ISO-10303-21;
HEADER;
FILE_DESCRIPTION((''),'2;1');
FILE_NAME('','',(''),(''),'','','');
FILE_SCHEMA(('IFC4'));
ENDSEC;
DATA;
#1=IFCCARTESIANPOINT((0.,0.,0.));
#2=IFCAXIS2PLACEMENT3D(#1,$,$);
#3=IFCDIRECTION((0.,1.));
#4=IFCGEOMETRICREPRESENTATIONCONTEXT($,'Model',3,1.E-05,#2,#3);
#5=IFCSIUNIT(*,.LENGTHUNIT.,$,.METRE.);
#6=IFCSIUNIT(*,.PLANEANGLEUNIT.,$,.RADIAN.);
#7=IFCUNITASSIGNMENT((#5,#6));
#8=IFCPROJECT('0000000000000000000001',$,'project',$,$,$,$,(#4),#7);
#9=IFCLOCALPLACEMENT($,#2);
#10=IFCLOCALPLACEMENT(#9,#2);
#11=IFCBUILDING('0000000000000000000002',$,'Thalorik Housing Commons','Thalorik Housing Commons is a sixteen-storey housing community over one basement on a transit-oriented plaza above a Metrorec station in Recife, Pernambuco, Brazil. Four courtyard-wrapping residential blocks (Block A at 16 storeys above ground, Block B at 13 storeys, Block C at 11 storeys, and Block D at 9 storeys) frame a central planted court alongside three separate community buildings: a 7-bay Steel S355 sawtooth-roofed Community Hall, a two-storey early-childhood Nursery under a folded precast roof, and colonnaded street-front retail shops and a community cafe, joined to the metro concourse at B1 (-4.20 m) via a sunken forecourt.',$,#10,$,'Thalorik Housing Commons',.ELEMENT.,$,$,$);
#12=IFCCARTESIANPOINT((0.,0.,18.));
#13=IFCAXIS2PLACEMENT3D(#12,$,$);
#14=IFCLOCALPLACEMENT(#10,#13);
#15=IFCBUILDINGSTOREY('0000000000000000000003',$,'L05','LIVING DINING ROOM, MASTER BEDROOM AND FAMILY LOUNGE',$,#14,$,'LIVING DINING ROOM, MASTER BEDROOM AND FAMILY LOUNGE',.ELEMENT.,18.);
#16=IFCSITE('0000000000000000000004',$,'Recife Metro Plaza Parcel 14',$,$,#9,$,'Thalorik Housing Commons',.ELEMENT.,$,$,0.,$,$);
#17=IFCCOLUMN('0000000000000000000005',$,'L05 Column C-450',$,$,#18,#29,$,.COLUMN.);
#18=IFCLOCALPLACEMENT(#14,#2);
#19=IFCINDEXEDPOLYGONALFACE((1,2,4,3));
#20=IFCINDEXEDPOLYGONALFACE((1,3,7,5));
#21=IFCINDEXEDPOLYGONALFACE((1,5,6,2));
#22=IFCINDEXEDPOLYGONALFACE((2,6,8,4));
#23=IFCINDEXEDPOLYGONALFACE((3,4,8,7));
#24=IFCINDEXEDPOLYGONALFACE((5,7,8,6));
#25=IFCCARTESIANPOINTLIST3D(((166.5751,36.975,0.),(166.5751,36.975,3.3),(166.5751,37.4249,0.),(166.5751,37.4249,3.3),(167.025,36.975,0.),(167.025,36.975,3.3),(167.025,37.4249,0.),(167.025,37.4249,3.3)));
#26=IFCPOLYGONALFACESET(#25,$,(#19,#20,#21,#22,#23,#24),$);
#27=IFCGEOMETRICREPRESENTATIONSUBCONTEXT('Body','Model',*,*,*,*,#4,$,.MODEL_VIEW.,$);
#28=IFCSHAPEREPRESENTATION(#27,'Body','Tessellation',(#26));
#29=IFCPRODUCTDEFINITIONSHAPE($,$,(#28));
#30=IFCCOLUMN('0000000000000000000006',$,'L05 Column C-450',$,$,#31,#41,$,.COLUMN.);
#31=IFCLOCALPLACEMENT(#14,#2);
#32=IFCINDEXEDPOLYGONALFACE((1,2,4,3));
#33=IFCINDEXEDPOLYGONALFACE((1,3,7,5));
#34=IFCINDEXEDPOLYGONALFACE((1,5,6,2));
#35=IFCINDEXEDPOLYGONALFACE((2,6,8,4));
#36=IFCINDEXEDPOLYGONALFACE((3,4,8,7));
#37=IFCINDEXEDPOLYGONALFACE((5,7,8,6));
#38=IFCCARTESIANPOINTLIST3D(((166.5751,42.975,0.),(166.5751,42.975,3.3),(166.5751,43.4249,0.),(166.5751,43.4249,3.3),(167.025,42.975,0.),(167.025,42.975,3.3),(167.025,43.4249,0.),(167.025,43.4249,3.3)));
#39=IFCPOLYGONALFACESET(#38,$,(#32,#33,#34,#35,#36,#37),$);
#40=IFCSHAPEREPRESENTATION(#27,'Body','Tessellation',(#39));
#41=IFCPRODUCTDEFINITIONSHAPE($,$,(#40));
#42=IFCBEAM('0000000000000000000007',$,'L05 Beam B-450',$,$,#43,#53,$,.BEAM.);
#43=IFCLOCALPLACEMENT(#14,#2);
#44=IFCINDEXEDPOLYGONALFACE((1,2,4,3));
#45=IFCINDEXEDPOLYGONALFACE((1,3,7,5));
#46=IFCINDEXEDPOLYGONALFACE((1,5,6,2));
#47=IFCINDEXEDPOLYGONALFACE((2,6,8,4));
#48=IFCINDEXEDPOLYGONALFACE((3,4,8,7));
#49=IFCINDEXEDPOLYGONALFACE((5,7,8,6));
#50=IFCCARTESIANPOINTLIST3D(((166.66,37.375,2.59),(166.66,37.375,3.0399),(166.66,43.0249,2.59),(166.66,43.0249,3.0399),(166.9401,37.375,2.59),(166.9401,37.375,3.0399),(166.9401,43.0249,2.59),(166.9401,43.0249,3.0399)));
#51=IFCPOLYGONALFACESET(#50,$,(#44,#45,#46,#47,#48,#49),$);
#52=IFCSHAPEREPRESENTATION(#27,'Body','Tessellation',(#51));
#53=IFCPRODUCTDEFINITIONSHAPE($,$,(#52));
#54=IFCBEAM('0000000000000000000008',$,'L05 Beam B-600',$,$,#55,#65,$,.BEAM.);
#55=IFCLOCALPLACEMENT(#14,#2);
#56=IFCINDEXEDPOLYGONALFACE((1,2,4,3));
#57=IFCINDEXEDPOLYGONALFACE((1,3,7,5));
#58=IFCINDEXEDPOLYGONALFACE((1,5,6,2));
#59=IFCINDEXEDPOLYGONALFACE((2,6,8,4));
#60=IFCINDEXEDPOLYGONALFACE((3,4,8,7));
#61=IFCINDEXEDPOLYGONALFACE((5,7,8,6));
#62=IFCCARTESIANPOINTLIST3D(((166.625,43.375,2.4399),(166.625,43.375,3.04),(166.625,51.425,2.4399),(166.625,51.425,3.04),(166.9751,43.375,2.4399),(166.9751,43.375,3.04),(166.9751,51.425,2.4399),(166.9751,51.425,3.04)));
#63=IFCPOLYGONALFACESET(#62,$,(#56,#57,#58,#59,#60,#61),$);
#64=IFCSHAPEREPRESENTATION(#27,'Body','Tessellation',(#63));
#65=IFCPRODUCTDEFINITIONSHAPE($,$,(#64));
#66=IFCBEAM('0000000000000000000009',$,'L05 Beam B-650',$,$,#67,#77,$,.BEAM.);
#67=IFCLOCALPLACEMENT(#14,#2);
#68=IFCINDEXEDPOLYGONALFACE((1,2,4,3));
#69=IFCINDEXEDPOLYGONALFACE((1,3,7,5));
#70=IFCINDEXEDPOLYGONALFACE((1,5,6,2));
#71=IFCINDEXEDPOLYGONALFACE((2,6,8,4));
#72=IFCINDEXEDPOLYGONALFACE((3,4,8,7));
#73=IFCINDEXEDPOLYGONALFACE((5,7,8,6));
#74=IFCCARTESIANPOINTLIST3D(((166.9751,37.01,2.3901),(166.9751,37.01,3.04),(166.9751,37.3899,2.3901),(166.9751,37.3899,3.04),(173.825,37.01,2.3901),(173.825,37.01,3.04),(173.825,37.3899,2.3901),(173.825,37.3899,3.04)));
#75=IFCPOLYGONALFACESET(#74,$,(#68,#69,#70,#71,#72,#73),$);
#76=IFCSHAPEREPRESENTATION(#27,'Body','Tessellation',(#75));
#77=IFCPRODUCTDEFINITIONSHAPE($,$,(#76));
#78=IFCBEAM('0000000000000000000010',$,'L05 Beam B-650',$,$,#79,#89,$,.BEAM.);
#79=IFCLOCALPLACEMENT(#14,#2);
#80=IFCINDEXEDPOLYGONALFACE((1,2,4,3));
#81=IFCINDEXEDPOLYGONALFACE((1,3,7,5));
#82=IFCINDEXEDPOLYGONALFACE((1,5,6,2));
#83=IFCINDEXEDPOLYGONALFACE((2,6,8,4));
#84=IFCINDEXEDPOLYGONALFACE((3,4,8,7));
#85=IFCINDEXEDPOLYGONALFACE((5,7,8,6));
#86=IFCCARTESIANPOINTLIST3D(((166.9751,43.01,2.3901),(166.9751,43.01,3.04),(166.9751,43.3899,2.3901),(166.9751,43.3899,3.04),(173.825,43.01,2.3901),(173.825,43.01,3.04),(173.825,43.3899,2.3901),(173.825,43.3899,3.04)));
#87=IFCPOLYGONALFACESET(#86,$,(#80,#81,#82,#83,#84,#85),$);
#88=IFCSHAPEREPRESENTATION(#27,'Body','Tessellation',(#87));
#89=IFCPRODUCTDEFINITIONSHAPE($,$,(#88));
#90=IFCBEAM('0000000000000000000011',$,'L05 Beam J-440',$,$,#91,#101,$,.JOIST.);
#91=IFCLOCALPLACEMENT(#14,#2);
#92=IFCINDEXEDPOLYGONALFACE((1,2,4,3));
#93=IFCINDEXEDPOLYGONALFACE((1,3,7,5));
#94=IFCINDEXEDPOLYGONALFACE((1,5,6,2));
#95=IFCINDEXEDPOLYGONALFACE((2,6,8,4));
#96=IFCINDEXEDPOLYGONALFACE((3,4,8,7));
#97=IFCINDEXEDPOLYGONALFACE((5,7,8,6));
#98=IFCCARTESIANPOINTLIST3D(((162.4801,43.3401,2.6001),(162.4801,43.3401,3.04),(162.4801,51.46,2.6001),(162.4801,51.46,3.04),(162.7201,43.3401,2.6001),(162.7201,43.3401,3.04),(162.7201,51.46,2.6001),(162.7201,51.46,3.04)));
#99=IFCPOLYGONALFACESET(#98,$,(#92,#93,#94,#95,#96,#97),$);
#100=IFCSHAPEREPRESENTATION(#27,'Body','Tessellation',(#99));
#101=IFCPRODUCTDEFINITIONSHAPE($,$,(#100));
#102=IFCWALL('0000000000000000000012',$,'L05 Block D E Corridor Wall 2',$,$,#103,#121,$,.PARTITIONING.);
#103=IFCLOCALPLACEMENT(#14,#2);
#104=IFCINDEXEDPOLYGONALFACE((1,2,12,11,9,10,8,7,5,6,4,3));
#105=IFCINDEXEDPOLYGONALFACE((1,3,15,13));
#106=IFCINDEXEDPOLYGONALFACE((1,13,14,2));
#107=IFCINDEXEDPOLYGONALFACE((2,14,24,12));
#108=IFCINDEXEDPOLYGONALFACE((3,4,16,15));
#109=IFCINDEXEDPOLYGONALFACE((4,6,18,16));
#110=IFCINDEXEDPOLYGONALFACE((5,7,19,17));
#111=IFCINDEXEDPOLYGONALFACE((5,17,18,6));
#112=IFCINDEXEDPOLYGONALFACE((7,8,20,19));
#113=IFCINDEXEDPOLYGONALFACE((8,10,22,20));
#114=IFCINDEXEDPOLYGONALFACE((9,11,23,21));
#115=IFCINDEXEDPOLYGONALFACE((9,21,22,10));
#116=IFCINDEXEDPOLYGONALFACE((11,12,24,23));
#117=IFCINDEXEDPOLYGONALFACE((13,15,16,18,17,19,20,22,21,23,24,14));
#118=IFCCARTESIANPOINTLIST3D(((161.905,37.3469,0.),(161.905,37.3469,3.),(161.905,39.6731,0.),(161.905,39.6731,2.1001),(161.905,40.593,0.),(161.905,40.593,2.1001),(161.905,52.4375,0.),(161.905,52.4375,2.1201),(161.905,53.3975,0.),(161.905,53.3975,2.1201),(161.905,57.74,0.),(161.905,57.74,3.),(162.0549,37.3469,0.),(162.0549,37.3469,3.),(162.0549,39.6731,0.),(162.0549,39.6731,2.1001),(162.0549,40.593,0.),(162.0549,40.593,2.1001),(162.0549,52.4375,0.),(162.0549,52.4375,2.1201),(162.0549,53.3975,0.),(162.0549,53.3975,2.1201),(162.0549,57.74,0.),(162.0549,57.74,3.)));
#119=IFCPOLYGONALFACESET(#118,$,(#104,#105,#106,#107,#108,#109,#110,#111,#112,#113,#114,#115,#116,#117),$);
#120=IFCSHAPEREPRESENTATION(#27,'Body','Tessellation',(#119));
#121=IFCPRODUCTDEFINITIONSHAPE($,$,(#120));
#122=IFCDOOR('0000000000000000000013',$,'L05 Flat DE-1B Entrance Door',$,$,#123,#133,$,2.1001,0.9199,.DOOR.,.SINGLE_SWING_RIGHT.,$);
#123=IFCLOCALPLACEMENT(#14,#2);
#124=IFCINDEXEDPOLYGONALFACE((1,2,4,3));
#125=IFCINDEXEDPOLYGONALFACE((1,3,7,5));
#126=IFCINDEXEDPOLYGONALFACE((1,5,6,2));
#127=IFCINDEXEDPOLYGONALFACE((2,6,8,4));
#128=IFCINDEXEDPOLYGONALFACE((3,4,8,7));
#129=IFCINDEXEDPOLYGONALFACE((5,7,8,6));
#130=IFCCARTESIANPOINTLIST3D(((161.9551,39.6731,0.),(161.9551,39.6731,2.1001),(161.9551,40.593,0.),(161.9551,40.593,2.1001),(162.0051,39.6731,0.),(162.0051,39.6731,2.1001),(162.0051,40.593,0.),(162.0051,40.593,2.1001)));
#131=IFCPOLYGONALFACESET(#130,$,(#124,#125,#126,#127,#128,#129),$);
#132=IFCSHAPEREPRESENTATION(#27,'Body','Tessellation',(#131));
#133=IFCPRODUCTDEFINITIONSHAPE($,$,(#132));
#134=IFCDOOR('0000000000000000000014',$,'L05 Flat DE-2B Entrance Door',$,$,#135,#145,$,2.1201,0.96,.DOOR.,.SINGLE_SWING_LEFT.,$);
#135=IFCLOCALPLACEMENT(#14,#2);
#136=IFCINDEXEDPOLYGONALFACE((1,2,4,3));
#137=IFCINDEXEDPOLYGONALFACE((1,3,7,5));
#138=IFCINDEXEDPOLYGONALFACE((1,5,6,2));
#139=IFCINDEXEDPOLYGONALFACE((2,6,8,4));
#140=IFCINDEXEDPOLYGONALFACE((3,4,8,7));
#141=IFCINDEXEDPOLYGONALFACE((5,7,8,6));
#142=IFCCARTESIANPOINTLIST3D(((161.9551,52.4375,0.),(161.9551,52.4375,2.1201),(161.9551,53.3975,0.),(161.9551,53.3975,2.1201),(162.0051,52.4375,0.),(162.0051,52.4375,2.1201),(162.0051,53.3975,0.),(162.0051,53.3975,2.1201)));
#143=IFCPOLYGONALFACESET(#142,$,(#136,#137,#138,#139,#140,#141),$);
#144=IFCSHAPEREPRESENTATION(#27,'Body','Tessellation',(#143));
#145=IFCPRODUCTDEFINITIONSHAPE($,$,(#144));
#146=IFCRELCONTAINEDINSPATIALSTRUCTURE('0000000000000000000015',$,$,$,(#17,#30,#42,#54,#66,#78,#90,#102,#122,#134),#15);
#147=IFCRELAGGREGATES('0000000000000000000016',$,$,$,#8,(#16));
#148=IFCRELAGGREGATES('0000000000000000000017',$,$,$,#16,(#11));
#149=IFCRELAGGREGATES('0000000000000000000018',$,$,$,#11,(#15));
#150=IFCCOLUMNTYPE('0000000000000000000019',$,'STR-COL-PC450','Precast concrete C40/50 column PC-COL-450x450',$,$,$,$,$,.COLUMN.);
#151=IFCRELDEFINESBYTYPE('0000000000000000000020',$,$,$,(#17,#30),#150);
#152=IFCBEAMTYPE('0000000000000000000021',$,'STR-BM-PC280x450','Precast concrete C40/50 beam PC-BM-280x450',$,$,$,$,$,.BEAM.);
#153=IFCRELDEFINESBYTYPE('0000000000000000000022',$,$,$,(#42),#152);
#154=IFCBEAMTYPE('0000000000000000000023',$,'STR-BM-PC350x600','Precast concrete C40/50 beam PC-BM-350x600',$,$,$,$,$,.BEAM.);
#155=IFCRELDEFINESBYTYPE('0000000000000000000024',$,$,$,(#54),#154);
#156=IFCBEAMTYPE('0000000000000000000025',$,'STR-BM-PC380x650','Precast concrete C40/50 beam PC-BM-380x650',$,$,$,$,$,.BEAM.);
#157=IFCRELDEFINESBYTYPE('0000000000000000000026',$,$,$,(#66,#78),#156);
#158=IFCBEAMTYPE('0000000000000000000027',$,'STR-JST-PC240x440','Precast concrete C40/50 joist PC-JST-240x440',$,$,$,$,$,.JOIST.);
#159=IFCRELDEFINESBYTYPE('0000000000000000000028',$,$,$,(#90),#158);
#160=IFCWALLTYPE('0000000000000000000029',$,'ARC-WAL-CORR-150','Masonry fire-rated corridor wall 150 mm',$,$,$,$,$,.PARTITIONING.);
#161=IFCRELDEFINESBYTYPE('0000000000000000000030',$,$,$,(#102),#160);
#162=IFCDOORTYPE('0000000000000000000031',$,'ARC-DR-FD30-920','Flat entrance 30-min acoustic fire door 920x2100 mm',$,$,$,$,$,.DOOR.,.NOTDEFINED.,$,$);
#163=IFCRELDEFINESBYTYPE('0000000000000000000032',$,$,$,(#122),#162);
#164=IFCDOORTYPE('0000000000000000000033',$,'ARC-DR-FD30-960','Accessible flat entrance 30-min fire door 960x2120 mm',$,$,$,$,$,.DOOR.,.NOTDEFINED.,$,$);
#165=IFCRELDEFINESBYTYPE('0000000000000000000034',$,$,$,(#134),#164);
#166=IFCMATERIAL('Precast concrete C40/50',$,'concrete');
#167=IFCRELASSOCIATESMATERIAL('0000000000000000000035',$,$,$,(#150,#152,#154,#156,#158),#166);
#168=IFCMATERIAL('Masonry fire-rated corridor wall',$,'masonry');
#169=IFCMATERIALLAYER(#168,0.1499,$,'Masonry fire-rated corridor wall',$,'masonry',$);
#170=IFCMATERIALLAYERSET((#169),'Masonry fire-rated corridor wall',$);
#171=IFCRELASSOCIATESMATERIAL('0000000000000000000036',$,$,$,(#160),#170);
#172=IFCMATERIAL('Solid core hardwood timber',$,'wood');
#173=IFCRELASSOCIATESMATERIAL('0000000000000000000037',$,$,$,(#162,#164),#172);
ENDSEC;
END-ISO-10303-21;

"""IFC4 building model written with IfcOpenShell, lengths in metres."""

from ifc_helpers import new_model, si_unit, direction, frame, frame_2d, origin, origin_2d, place, context, subcontext, project, spatial, rectangle, extrude, material, layer, layer_set, material_profile, profile_set, type_object, element, fill, save


model = new_model("IFC4")

# Units and contexts
model_context = context("Model", 3, precision=1e-05, world=origin(), true_north=direction((0.0, 1.0)))
body_context = subcontext(model_context, "Body", "Model", "MODEL_VIEW")
ifc_project = project(units=[si_unit("LENGTHUNIT", "METRE"), si_unit("PLANEANGLEUNIT", "RADIAN")], contexts=[model_context])

# Site, building, storey
site_placement = place(None, origin())
site = spatial("IfcSite", under=ifc_project, at=site_placement, Name="Recife Metro Plaza Parcel 14", LongName="Thalorik Housing Commons", CompositionType="ELEMENT", RefElevation=0.0)
building_placement = place(site_placement, origin())
building = spatial("IfcBuilding", under=site, at=building_placement, Name="Thalorik Housing Commons", Description="Thalorik Housing Commons is a sixteen-storey housing community over one basement on a transit-oriented plaza above a Metrorec station in Recife, Pernambuco, Brazil. Four courtyard-wrapping residential blocks (Block A at 16 storeys above ground, Block B at 13 storeys, Block C at 11 storeys, and Block D at 9 storeys) frame a central planted court alongside three separate community buildings: a 7-bay Steel S355 sawtooth-roofed Community Hall, a two-storey early-childhood Nursery under a folded precast roof, and colonnaded street-front retail shops and a community cafe, joined to the metro concourse at B1 (-4.20 m) via a sunken forecourt.", LongName="Thalorik Housing Commons", CompositionType="ELEMENT")
storey_placement = place(building_placement, frame((0.0, 0.0, 18.0)))
storey = spatial("IfcBuildingStorey", under=building, at=storey_placement, Name="L05", Description="LIVING DINING ROOM, MASTER BEDROOM AND FAMILY LOUNGE", LongName="LIVING DINING ROOM, MASTER BEDROOM AND FAMILY LOUNGE", CompositionType="ELEMENT", Elevation=18.0)

# Columns
ifc_material_1 = material(Name="Precast concrete C40/50", Category="concrete")
ifc_material_profile_1 = material_profile(ifc_material_1, rectangle(XDim=0.45, YDim=0.45, at=origin_2d()), Name="PC 450x450", Category="concrete")
ifc_profile_set_1 = profile_set([ifc_material_profile_1], Name="Precast concrete C40/50")
column_type = type_object("IfcColumnType", Name="STR-COL-PC450", Description="Precast concrete C40/50 column PC-COL-450x450", PredefinedType="COLUMN", material=ifc_profile_set_1)
for number, where, z_axis, x_axis, name in (
    (1, (166.8, 37.2, 0.0), (0.0, 0.0, 1.0), (1.0, 0.0, 0.0), "L05 Column C-450"),
    (2, (166.8, 43.2, 0.0), (0.0, 0.0, 1.0), (1.0, 0.0, 0.0), "L05 Column C-450"),
):
    element("IfcColumn", number, at=place(storey_placement, frame(where, z_axis=z_axis, x_axis=x_axis)), inside=storey, type_object=column_type, Name=name, PredefinedType="COLUMN", context=body_context, shape_type="SweptSolid", body=[
        extrude(rectangle(XDim=0.45, YDim=0.45, at=origin_2d()), origin(), (0.0, 0.0, 1.0), 3.3),
    ])

# Beams
ifc_material_profile_2 = material_profile(ifc_material_1, rectangle(XDim=0.28, YDim=0.45, at=origin_2d()), Name="PC 280x450", Category="concrete")
ifc_profile_set_2 = profile_set([ifc_material_profile_2], Name="Precast concrete C40/50")
beam_type_1 = type_object("IfcBeamType", Name="STR-BM-PC280x450", Description="Precast concrete C40/50 beam PC-BM-280x450", PredefinedType="BEAM", material=ifc_profile_set_2)
beam_1_placement = place(storey_placement, frame((166.8, 37.375, 2.8149), z_axis=(0.0, 1.0, 0.0), x_axis=(-1.0, 0.0, 0.0)))
element("IfcBeam", 3, at=beam_1_placement, inside=storey, type_object=beam_type_1, Name="L05 Beam B-450", PredefinedType="BEAM", context=body_context, shape_type="SweptSolid", body=[
    extrude(rectangle(XDim=0.28, YDim=0.45, at=origin_2d()), origin(), (0.0, 0.0, 1.0), 5.6499),
])
ifc_material_profile_3 = material_profile(ifc_material_1, rectangle(XDim=0.3501, YDim=0.6001, at=origin_2d()), Name="PC 350x600", Category="concrete")
ifc_profile_set_3 = profile_set([ifc_material_profile_3], Name="Precast concrete C40/50")
beam_type_2 = type_object("IfcBeamType", Name="STR-BM-PC350x600", Description="Precast concrete C40/50 beam PC-BM-350x600", PredefinedType="BEAM", material=ifc_profile_set_3)
beam_2_placement = place(storey_placement, frame((166.8, 43.375, 2.74), z_axis=(0.0, 1.0, 0.0), x_axis=(-1.0, 0.0, 0.0)))
element("IfcBeam", 4, at=beam_2_placement, inside=storey, type_object=beam_type_2, Name="L05 Beam B-600", PredefinedType="BEAM", context=body_context, shape_type="SweptSolid", body=[
    extrude(rectangle(XDim=0.3501, YDim=0.6001, at=origin_2d()), origin(), (0.0, 0.0, 1.0), 8.05),
])
ifc_material_profile_4 = material_profile(ifc_material_1, rectangle(XDim=0.3799, YDim=0.6499, at=origin_2d()), Name="PC 380x650", Category="concrete")
ifc_profile_set_4 = profile_set([ifc_material_profile_4], Name="Precast concrete C40/50")
beam_type_3 = type_object("IfcBeamType", Name="STR-BM-PC380x650", Description="Precast concrete C40/50 beam PC-BM-380x650", PredefinedType="BEAM", material=ifc_profile_set_4)
for number, where, z_axis, x_axis, name in (
    (5, (166.9751, 37.2, 2.7151), (1.0, 0.0, 0.0), (0.0, 1.0, 0.0), "L05 Beam B-650"),
    (6, (166.9751, 43.2, 2.7151), (1.0, 0.0, 0.0), (0.0, 1.0, 0.0), "L05 Beam B-650"),
):
    element("IfcBeam", number, at=place(storey_placement, frame(where, z_axis=z_axis, x_axis=x_axis)), inside=storey, type_object=beam_type_3, Name=name, PredefinedType="BEAM", context=body_context, shape_type="SweptSolid", body=[
        extrude(rectangle(XDim=0.3799, YDim=0.6499, at=origin_2d()), origin(), (0.0, 0.0, 1.0), 6.8499),
    ])
ifc_material_profile_5 = material_profile(ifc_material_1, rectangle(XDim=0.24, YDim=0.4399, at=origin_2d()), Name="PC JST 240x440", Category="concrete")
ifc_profile_set_5 = profile_set([ifc_material_profile_5], Name="Precast concrete C40/50")
beam_type_4 = type_object("IfcBeamType", Name="STR-JST-PC240x440", Description="Precast concrete C40/50 joist PC-JST-240x440", PredefinedType="JOIST", material=ifc_profile_set_5)
beam_3_placement = place(storey_placement, frame((162.6001, 43.3401, 2.8201), z_axis=(0.0, 1.0, 0.0), x_axis=(-1.0, 0.0, 0.0)))
element("IfcBeam", 7, at=beam_3_placement, inside=storey, type_object=beam_type_4, Name="L05 Beam J-440", PredefinedType="JOIST", context=body_context, shape_type="SweptSolid", body=[
    extrude(rectangle(XDim=0.24, YDim=0.4399, at=origin_2d()), origin(), (0.0, 0.0, 1.0), 8.1199),
])

# Wall, openings, doors
ifc_material_2 = material(Name="Masonry fire-rated corridor wall", Category="masonry")
ifc_layer_1 = layer(ifc_material_2, 0.1499, Name="Masonry fire-rated corridor wall", Category="masonry")
ifc_layer_set_1 = layer_set([ifc_layer_1], Name="Masonry fire-rated corridor wall")
wall_type_1 = type_object("IfcWallType", Name="ARC-WAL-CORR-150", Description="Masonry fire-rated corridor wall 150 mm", PredefinedType="PARTITIONING", material=ifc_layer_set_1)
wall_1_placement = place(storey_placement, frame((161.98, 37.3469, 0.0), z_axis=(0.0, 0.0, 1.0), x_axis=(0.0, 1.0, 0.0)))
wall_1 = element("IfcWall", 8, at=wall_1_placement, inside=storey, type_object=wall_type_1, Name="L05 Block D E Corridor Wall 2", PredefinedType="PARTITIONING", context=body_context, shape_type="SweptSolid", body=[
    extrude(rectangle(XDim=20.3931, YDim=0.1499, at=frame_2d((10.1965, 0.0))), origin(), (0.0, 0.0, 1.0), 3.0),
])
opening_1_placement = place(wall_1_placement, frame((2.3262, 0.0, 0.0)))
opening_1 = element("IfcOpeningElement", 9, at=opening_1_placement, cuts=wall_1, PredefinedType="OPENING", context=body_context, shape_type="SweptSolid", body=[
    extrude(rectangle(XDim=0.9199, YDim=2.1001, at=frame_2d((0.46, 1.05))), frame((0.0, 0.085, 0.0), z_axis=(0.0, -1.0, 0.0), x_axis=(1.0, 0.0, 0.0)), (0.0, 0.0, 1.0), 0.1699),
])
opening_2_placement = place(wall_1_placement, frame((15.0906, 0.0, 0.0)))
opening_2 = element("IfcOpeningElement", 10, at=opening_2_placement, cuts=wall_1, PredefinedType="OPENING", context=body_context, shape_type="SweptSolid", body=[
    extrude(rectangle(XDim=0.96, YDim=2.1201, at=frame_2d((0.48, 1.0601))), frame((0.0, 0.085, 0.0), z_axis=(0.0, -1.0, 0.0), x_axis=(1.0, 0.0, 0.0)), (0.0, 0.0, 1.0), 0.1699),
])
ifc_material_3 = material(Name="Solid core hardwood timber", Category="wood")
door_type_1 = type_object("IfcDoorType", Name="ARC-DR-FD30-920", Description="Flat entrance 30-min acoustic fire door 920x2100 mm", OperationType="NOTDEFINED", PredefinedType="DOOR", material=ifc_material_3)
door_1_placement = place(opening_1_placement, origin())
door_1 = element("IfcDoor", 11, at=door_1_placement, inside=storey, type_object=door_type_1, Name="L05 Flat DE-1B Entrance Door", OperationType="SINGLE_SWING_RIGHT", OverallHeight=2.1001, OverallWidth=0.9199, PredefinedType="DOOR", context=body_context, shape_type="SweptSolid", body=[
    extrude(rectangle(XDim=0.9199, YDim=2.1001, at=frame_2d((0.46, 1.05))), frame((0.0, 0.0249, 0.0), z_axis=(0.0, -1.0, 0.0), x_axis=(1.0, 0.0, 0.0)), (0.0, 0.0, 1.0), 0.05),
])
fill(opening_1, door_1)
door_type_2 = type_object("IfcDoorType", Name="ARC-DR-FD30-960", Description="Accessible flat entrance 30-min fire door 960x2120 mm", OperationType="NOTDEFINED", PredefinedType="DOOR", material=ifc_material_3)
door_2_placement = place(opening_2_placement, origin())
door_2 = element("IfcDoor", 12, at=door_2_placement, inside=storey, type_object=door_type_2, Name="L05 Flat DE-2B Entrance Door", OperationType="SINGLE_SWING_LEFT", OverallHeight=2.1201, OverallWidth=0.96, PredefinedType="DOOR", context=body_context, shape_type="SweptSolid", body=[
    extrude(rectangle(XDim=0.96, YDim=2.1201, at=frame_2d((0.48, 1.0601))), frame((0.0, 0.0249, 0.0), z_axis=(0.0, -1.0, 0.0), x_axis=(1.0, 0.0, 0.0)), (0.0, 0.0, 1.0), 0.05),
])
fill(opening_2, door_2)

save(model, "model.ifc")
